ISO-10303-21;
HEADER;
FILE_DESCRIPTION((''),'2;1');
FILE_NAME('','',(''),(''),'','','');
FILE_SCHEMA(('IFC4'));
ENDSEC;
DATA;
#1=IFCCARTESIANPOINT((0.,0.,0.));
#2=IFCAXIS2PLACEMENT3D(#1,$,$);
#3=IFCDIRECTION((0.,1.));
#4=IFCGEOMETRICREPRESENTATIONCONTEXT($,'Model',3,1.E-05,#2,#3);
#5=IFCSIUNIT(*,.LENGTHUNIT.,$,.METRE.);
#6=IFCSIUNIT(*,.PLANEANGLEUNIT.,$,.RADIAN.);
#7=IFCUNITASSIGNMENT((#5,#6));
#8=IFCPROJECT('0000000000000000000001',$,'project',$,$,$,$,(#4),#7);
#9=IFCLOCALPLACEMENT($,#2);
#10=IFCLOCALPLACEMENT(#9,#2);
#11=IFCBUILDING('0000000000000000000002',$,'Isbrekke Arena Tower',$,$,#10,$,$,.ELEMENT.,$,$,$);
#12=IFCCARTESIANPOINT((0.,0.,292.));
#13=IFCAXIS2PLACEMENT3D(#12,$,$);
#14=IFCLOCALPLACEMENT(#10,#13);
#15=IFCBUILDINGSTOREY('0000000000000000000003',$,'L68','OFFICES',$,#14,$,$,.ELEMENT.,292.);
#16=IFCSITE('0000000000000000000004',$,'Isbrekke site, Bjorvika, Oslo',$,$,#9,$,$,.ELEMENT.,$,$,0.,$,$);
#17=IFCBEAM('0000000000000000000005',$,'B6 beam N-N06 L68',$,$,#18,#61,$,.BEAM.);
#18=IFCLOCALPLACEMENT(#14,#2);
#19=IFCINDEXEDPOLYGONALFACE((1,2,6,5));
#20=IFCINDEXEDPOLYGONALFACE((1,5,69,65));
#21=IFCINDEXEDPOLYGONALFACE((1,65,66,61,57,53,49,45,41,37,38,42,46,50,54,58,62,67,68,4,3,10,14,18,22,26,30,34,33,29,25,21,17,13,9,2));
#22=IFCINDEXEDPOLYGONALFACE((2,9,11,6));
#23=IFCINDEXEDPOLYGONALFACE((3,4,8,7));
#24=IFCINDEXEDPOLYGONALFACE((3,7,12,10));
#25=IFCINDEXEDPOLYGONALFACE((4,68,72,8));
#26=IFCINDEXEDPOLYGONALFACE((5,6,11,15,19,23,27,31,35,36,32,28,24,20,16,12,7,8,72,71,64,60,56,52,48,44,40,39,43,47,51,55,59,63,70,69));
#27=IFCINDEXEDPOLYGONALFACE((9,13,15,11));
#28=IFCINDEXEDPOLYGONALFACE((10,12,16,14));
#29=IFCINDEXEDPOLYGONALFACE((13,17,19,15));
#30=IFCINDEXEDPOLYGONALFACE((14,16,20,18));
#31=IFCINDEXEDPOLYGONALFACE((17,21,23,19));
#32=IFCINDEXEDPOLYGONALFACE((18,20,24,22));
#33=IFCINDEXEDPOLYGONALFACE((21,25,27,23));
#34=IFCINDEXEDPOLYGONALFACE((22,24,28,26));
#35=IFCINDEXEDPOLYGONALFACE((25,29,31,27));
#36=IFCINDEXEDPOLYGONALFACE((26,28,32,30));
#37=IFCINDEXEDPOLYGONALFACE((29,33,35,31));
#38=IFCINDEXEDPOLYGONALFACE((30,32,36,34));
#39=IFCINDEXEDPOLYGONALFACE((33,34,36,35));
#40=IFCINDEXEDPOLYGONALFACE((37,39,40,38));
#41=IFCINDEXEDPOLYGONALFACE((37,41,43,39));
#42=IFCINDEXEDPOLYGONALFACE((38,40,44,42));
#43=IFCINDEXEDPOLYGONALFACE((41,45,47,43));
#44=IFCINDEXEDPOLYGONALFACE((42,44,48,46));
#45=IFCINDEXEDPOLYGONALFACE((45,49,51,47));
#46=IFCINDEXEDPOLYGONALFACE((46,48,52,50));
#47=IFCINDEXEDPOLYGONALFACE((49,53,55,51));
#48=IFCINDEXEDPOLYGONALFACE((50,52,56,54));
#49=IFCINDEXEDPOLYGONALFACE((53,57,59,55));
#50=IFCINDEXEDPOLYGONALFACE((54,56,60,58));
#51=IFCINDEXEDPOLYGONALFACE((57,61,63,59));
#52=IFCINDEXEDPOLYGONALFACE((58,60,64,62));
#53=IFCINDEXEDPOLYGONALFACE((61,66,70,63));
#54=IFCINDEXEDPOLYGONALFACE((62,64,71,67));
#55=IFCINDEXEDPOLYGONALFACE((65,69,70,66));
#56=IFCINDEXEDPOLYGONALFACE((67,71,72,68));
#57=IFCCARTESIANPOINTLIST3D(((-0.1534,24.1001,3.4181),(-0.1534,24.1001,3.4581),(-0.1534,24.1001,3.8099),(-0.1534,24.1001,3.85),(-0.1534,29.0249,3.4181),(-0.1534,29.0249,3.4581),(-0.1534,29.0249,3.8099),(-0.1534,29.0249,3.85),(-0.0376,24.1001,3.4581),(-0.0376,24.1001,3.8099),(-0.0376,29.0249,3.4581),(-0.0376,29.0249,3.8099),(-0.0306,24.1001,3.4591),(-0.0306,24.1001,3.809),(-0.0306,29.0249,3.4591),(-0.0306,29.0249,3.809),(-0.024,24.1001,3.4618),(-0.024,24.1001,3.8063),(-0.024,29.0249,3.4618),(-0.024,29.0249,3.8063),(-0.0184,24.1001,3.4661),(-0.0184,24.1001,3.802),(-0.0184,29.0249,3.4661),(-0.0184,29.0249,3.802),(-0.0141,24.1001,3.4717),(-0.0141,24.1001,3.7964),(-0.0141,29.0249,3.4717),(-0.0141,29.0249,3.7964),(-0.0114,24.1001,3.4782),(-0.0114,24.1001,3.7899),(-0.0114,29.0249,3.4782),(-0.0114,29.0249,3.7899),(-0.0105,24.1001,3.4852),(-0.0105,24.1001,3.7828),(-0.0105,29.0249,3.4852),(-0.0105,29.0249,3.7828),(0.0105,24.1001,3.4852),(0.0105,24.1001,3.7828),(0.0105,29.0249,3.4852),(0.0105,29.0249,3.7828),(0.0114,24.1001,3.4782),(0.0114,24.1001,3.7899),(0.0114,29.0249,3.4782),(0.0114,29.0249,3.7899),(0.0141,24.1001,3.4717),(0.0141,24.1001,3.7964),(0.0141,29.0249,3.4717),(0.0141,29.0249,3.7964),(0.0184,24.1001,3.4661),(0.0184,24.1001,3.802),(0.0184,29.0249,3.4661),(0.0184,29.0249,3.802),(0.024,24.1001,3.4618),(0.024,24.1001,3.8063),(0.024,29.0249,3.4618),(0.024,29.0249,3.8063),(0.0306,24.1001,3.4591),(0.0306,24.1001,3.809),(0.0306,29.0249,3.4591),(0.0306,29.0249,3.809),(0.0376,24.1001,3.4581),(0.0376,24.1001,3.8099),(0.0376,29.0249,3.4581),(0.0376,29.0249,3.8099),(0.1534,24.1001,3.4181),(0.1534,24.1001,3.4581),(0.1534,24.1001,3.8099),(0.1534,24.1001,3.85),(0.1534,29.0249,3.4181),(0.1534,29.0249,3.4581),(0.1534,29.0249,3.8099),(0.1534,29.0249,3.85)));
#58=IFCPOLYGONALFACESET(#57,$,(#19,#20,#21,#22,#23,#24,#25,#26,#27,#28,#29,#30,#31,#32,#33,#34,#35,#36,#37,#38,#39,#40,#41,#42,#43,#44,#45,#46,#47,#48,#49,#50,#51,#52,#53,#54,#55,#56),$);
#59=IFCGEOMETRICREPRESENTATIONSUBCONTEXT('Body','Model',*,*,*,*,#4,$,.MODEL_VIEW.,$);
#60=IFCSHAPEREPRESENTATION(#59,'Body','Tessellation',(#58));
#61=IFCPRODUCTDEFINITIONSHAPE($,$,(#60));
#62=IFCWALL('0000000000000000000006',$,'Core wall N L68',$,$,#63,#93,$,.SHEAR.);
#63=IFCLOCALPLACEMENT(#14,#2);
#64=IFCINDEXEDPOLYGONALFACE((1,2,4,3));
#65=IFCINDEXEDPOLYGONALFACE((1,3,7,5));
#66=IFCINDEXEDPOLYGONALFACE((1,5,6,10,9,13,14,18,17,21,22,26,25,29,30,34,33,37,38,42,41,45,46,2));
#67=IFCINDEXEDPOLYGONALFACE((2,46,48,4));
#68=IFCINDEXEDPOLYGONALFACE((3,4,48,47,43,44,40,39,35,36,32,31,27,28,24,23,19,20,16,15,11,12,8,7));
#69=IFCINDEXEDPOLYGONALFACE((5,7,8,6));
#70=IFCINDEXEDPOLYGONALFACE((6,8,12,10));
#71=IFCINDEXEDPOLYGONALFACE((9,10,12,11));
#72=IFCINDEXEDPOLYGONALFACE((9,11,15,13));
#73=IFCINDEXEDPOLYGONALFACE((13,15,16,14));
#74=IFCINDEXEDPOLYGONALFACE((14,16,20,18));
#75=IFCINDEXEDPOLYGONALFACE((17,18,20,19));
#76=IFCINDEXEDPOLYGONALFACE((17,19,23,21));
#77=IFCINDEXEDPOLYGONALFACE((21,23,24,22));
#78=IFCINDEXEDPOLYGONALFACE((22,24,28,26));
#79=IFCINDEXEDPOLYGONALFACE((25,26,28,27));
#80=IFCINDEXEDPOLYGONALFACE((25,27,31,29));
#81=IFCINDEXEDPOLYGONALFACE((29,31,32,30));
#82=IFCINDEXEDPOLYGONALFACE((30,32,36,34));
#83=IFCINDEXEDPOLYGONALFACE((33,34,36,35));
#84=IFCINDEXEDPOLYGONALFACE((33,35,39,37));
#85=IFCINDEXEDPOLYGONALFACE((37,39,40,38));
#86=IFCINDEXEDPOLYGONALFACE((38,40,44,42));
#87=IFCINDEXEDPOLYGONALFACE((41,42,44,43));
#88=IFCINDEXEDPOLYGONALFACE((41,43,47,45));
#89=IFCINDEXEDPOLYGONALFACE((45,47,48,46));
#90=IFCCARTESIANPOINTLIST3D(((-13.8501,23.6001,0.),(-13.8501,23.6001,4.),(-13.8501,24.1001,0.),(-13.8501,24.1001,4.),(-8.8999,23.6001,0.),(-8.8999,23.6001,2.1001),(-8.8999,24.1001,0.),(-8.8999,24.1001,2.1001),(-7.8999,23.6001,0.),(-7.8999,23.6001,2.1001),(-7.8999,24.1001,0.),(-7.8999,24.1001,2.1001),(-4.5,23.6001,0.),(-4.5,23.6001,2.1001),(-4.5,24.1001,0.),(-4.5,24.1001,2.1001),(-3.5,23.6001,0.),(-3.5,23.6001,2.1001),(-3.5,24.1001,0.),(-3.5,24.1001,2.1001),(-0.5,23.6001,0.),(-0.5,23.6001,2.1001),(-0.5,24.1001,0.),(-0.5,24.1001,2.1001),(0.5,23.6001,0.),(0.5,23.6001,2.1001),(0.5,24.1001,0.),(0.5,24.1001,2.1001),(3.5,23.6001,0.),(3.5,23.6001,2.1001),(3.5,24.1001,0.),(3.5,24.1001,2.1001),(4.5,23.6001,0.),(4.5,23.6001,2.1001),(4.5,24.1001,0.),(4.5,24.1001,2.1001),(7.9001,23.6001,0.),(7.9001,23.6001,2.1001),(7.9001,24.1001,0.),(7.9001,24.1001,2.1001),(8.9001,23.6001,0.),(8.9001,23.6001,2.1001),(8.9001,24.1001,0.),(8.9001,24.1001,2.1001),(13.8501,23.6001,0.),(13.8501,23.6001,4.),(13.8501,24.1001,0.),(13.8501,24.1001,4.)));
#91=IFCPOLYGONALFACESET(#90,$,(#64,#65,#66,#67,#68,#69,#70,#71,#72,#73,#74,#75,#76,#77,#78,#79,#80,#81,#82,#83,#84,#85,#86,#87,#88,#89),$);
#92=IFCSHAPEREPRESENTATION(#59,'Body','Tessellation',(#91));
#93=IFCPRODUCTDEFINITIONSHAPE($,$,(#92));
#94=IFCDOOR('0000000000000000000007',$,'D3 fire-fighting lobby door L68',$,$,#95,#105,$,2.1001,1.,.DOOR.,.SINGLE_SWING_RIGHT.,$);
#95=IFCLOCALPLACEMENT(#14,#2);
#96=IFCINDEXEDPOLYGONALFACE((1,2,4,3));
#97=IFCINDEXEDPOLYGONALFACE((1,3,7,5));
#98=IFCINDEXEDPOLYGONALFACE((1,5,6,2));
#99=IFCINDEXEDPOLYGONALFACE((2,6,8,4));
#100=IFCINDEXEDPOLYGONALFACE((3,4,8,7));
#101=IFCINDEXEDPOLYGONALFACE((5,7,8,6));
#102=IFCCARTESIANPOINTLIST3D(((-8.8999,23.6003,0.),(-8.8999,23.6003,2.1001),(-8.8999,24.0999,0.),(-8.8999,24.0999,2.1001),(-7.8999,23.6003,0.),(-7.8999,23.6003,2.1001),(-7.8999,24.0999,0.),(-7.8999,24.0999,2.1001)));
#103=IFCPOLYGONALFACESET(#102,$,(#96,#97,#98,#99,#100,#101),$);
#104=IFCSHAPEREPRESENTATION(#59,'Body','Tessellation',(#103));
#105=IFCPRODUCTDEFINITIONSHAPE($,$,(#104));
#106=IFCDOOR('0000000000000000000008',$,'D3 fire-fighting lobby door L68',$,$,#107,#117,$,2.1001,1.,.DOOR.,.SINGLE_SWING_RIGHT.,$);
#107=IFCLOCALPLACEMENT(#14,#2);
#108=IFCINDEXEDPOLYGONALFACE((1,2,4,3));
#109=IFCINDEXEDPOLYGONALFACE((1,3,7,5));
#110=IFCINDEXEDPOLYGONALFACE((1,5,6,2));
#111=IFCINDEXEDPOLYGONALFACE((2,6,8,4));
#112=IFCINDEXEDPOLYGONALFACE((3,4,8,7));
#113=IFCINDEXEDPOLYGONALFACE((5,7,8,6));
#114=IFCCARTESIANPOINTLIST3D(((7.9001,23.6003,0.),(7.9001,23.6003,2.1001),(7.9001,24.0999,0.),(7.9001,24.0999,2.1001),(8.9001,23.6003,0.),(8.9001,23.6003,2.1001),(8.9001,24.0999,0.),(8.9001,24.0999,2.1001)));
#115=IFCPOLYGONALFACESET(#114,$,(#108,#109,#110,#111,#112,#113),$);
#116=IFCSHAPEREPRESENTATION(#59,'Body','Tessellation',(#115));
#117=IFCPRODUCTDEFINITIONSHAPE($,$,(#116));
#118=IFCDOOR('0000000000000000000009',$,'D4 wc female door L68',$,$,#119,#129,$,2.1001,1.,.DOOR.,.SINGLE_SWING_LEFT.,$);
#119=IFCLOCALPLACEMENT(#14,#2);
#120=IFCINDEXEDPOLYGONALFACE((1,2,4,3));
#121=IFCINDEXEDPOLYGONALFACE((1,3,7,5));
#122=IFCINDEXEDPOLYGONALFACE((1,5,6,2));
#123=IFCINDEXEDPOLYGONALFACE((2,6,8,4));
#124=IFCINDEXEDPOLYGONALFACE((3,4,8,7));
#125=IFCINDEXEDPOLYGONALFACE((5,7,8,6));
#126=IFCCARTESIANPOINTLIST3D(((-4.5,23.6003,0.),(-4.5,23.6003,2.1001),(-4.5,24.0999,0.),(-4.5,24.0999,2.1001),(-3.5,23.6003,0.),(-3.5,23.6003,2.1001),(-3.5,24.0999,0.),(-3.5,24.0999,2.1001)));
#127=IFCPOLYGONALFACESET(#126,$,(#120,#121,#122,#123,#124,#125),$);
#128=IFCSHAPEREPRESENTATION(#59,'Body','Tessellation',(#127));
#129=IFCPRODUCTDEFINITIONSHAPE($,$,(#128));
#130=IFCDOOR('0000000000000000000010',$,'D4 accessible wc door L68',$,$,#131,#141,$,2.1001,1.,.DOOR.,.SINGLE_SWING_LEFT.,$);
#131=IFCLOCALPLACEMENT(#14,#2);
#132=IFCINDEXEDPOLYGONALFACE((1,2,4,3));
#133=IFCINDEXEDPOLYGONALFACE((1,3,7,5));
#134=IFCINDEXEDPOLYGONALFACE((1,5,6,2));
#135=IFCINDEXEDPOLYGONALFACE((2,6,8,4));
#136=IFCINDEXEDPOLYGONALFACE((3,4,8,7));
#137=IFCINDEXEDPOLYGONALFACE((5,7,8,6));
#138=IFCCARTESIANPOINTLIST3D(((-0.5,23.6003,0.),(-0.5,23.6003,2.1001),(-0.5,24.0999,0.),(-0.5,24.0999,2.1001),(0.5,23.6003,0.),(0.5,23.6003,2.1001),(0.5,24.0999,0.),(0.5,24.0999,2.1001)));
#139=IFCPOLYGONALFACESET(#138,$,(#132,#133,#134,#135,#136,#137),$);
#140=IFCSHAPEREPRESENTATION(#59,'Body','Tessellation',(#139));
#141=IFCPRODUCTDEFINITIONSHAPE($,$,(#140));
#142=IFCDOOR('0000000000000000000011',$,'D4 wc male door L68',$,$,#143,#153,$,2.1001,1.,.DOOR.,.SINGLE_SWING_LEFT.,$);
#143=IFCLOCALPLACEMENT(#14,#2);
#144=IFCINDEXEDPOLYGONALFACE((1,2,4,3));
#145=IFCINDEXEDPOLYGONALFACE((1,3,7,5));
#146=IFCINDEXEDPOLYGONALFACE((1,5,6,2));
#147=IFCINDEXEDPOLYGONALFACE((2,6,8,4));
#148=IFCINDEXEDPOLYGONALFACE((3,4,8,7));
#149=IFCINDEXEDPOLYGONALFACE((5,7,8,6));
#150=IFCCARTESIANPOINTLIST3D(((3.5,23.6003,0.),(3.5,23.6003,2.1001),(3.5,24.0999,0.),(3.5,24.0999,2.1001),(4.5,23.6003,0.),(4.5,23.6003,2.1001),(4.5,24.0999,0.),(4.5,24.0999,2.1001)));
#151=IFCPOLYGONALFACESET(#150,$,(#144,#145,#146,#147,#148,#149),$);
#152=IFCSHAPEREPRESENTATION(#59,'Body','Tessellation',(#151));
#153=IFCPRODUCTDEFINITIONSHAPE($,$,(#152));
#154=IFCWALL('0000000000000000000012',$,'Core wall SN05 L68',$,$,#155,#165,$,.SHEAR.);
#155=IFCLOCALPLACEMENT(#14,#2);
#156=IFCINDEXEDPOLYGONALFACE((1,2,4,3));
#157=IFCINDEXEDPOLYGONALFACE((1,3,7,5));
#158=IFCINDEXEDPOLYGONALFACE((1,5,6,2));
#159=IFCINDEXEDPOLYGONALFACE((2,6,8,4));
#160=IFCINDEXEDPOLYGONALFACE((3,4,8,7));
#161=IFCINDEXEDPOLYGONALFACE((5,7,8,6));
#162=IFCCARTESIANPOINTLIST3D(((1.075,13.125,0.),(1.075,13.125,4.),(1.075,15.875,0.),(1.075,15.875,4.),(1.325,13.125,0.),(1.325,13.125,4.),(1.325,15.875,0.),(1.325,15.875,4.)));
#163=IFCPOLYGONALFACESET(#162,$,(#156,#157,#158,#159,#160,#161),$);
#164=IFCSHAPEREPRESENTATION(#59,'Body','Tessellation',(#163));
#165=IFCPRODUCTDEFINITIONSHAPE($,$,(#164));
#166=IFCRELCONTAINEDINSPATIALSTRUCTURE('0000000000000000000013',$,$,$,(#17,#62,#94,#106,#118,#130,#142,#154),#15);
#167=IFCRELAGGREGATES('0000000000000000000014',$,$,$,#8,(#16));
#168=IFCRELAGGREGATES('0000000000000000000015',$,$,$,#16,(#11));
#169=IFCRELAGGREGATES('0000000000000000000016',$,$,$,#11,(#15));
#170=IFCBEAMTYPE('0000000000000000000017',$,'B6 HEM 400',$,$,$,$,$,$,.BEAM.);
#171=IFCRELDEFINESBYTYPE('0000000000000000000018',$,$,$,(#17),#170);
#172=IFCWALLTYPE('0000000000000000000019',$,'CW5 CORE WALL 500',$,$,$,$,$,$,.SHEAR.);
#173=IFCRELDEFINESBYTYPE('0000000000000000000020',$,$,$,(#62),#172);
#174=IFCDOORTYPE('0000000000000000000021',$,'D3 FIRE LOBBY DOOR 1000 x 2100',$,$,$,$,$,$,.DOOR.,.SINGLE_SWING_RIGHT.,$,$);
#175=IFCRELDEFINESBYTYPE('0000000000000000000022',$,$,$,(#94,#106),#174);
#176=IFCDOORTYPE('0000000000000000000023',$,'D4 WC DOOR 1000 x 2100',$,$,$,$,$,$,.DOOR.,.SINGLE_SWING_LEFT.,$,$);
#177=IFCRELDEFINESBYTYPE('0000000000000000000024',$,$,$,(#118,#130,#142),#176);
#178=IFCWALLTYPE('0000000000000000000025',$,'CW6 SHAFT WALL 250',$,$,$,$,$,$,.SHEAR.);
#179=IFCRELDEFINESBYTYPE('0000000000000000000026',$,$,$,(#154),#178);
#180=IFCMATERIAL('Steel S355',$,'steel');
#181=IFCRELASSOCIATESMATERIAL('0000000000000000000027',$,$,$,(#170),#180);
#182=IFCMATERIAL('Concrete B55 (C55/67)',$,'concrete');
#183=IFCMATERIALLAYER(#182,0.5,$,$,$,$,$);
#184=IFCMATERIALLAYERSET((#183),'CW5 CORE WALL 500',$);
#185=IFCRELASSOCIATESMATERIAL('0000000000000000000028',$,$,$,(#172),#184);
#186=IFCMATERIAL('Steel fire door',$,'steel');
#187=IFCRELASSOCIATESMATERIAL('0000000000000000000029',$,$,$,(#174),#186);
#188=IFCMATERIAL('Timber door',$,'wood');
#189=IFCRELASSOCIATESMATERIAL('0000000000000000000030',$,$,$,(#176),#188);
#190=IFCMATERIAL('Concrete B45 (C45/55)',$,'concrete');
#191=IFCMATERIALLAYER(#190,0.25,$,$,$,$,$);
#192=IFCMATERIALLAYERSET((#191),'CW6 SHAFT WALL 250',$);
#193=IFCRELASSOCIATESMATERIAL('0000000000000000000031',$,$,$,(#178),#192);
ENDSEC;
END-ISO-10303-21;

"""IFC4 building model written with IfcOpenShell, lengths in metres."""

from ifc_helpers import new_model, si_unit, direction, frame, frame_2d, origin, origin_2d, place, context, subcontext, project, spatial, rectangle, i_section, extrude, material, layer, layer_set, material_profile, profile_set, type_object, element, fill, save


model = new_model("IFC4")

# Units and contexts
model_context = context("Model", 3, precision=1e-05, world=origin(), true_north=direction((0.0, 1.0)))
body_context = subcontext(model_context, "Body", "Model", "MODEL_VIEW")
ifc_project = project(units=[si_unit("LENGTHUNIT", "METRE"), si_unit("PLANEANGLEUNIT", "RADIAN")], contexts=[model_context])

# Site, building, storey
site_placement = place(None, origin())
site = spatial("IfcSite", under=ifc_project, at=site_placement, Name="Isbrekke site, Bjorvika, Oslo", CompositionType="ELEMENT", RefElevation=0.0)
building_placement = place(site_placement, origin())
building = spatial("IfcBuilding", under=site, at=building_placement, Name="Isbrekke Arena Tower", CompositionType="ELEMENT")
storey_placement = place(building_placement, frame((0.0, 0.0, 292.0)))
storey = spatial("IfcBuildingStorey", under=building, at=storey_placement, Name="L68", Description="OFFICES", CompositionType="ELEMENT", Elevation=292.0)

# Beam
ifc_material_1 = material(Name="Steel S355", Category="steel")
ifc_material_profile = material_profile(ifc_material_1, i_section(OverallWidth=0.3069, OverallDepth=0.4319, WebThickness=0.021, FlangeThickness=0.04, FilletRadius=0.0271, at=origin_2d()), Name="HEM 400")
ifc_profile_set = profile_set([ifc_material_profile], Name="Steel S355")
beam_type = type_object("IfcBeamType", Name="B6 HEM 400", PredefinedType="BEAM", material=ifc_profile_set)
beam_1_placement = place(storey_placement, frame((0.0, 29.0249, 3.634), z_axis=(0.0, -1.0, 0.0), x_axis=(1.0, 0.0, 0.0)))
element("IfcBeam", 1, at=beam_1_placement, inside=storey, type_object=beam_type, Name="B6 beam N-N06 L68", PredefinedType="BEAM", context=body_context, shape_type="SweptSolid", body=[
    extrude(i_section(OverallWidth=0.3069, OverallDepth=0.4319, WebThickness=0.021, FlangeThickness=0.04, FilletRadius=0.0271, at=origin_2d()), origin(), (0.0, 0.0, 1.0), 4.9248),
])

# Wall, openings, doors
ifc_material_2 = material(Name="Concrete B55 (C55/67)", Category="concrete")
ifc_layer_1 = layer(ifc_material_2, 0.5)
ifc_layer_set_1 = layer_set([ifc_layer_1], Name="CW5 CORE WALL 500")
wall_type_1 = type_object("IfcWallType", Name="CW5 CORE WALL 500", PredefinedType="SHEAR", material=ifc_layer_set_1)
wall_1_placement = place(storey_placement, frame((13.8501, 23.8501, 0.0), z_axis=(0.0, 0.0, 1.0), x_axis=(-1.0, 0.0, 0.0)))
wall_1 = element("IfcWall", 2, at=wall_1_placement, inside=storey, type_object=wall_type_1, Name="Core wall N L68", PredefinedType="SHEAR", context=body_context, shape_type="SweptSolid", body=[
    extrude(rectangle(XDim=27.7002, YDim=0.5, at=frame_2d((13.8501, 0.0))), origin(), (0.0, 0.0, 1.0), 4.0),
])
opening_1_placement = place(wall_1_placement, frame((21.75, 0.0, 0.0)))
opening_1 = element("IfcOpeningElement", 3, at=opening_1_placement, cuts=wall_1, PredefinedType="OPENING", context=body_context, shape_type="SweptSolid", body=[
    extrude(rectangle(XDim=1.0, YDim=2.1001, at=frame_2d((0.5, 1.05))), frame((0.0, 0.2649, 0.0), z_axis=(0.0, -1.0, 0.0), x_axis=(1.0, 0.0, 0.0)), (0.0, 0.0, 1.0), 0.5298),
])
opening_2_placement = place(wall_1_placement, frame((4.95, 0.0, 0.0)))
opening_2 = element("IfcOpeningElement", 4, at=opening_2_placement, cuts=wall_1, PredefinedType="OPENING", context=body_context, shape_type="SweptSolid", body=[
    extrude(rectangle(XDim=1.0, YDim=2.1001, at=frame_2d((0.5, 1.05))), frame((0.0, 0.2649, 0.0), z_axis=(0.0, -1.0, 0.0), x_axis=(1.0, 0.0, 0.0)), (0.0, 0.0, 1.0), 0.5298),
])
opening_3_placement = place(wall_1_placement, frame((17.3501, 0.0, 0.0)))
opening_3 = element("IfcOpeningElement", 5, at=opening_3_placement, cuts=wall_1, PredefinedType="OPENING", context=body_context, shape_type="SweptSolid", body=[
    extrude(rectangle(XDim=1.0, YDim=2.1001, at=frame_2d((0.5, 1.05))), frame((0.0, 0.2649, 0.0), z_axis=(0.0, -1.0, 0.0), x_axis=(1.0, 0.0, 0.0)), (0.0, 0.0, 1.0), 0.5298),
])
opening_4_placement = place(wall_1_placement, frame((13.3501, 0.0, 0.0)))
opening_4 = element("IfcOpeningElement", 6, at=opening_4_placement, cuts=wall_1, PredefinedType="OPENING", context=body_context, shape_type="SweptSolid", body=[
    extrude(rectangle(XDim=1.0, YDim=2.1001, at=frame_2d((0.5, 1.05))), frame((0.0, 0.2649, 0.0), z_axis=(0.0, -1.0, 0.0), x_axis=(1.0, 0.0, 0.0)), (0.0, 0.0, 1.0), 0.5298),
])
opening_5_placement = place(wall_1_placement, frame((9.3501, 0.0, 0.0)))
opening_5 = element("IfcOpeningElement", 7, at=opening_5_placement, cuts=wall_1, PredefinedType="OPENING", context=body_context, shape_type="SweptSolid", body=[
    extrude(rectangle(XDim=1.0, YDim=2.1001, at=frame_2d((0.5, 1.05))), frame((0.0, 0.2649, 0.0), z_axis=(0.0, -1.0, 0.0), x_axis=(1.0, 0.0, 0.0)), (0.0, 0.0, 1.0), 0.5298),
])
ifc_material_3 = material(Name="Steel fire door", Category="steel")
door_type_1 = type_object("IfcDoorType", Name="D3 FIRE LOBBY DOOR 1000 x 2100", OperationType="SINGLE_SWING_RIGHT", PredefinedType="DOOR", material=ifc_material_3)
door_1_placement = place(opening_1_placement, origin())
door_1 = element("IfcDoor", 8, at=door_1_placement, inside=storey, type_object=door_type_1, Name="D3 fire-fighting lobby door L68", OperationType="SINGLE_SWING_RIGHT", OverallHeight=2.1001, OverallWidth=1.0, PredefinedType="DOOR", context=body_context, shape_type="SweptSolid", body=[
    extrude(rectangle(XDim=1.0, YDim=2.1001, at=frame_2d((0.5, 1.05))), frame((0.0, 0.2498, 0.0), z_axis=(0.0, -1.0, 0.0), x_axis=(1.0, 0.0, 0.0)), (0.0, 0.0, 1.0), 0.4995),
])
fill(opening_1, door_1)
door_2_placement = place(opening_2_placement, origin())
door_2 = element("IfcDoor", 9, at=door_2_placement, inside=storey, type_object=door_type_1, Name="D3 fire-fighting lobby door L68", OperationType="SINGLE_SWING_RIGHT", OverallHeight=2.1001, OverallWidth=1.0, PredefinedType="DOOR", context=body_context, shape_type="SweptSolid", body=[
    extrude(rectangle(XDim=1.0, YDim=2.1001, at=frame_2d((0.5, 1.05))), frame((0.0, 0.2498, 0.0), z_axis=(0.0, -1.0, 0.0), x_axis=(1.0, 0.0, 0.0)), (0.0, 0.0, 1.0), 0.4995),
])
fill(opening_2, door_2)
ifc_material_4 = material(Name="Timber door", Category="wood")
door_type_2 = type_object("IfcDoorType", Name="D4 WC DOOR 1000 x 2100", OperationType="SINGLE_SWING_LEFT", PredefinedType="DOOR", material=ifc_material_4)
door_3_placement = place(opening_3_placement, origin())
door_3 = element("IfcDoor", 10, at=door_3_placement, inside=storey, type_object=door_type_2, Name="D4 wc female door L68", OperationType="SINGLE_SWING_LEFT", OverallHeight=2.1001, OverallWidth=1.0, PredefinedType="DOOR", context=body_context, shape_type="SweptSolid", body=[
    extrude(rectangle(XDim=1.0, YDim=2.1001, at=frame_2d((0.5, 1.05))), frame((0.0, 0.2498, 0.0), z_axis=(0.0, -1.0, 0.0), x_axis=(1.0, 0.0, 0.0)), (0.0, 0.0, 1.0), 0.4995),
])
fill(opening_3, door_3)
door_4_placement = place(opening_4_placement, origin())
door_4 = element("IfcDoor", 11, at=door_4_placement, inside=storey, type_object=door_type_2, Name="D4 accessible wc door L68", OperationType="SINGLE_SWING_LEFT", OverallHeight=2.1001, OverallWidth=1.0, PredefinedType="DOOR", context=body_context, shape_type="SweptSolid", body=[
    extrude(rectangle(XDim=1.0, YDim=2.1001, at=frame_2d((0.5, 1.05))), frame((0.0, 0.2498, 0.0), z_axis=(0.0, -1.0, 0.0), x_axis=(1.0, 0.0, 0.0)), (0.0, 0.0, 1.0), 0.4995),
])
fill(opening_4, door_4)
door_5_placement = place(opening_5_placement, origin())
door_5 = element("IfcDoor", 12, at=door_5_placement, inside=storey, type_object=door_type_2, Name="D4 wc male door L68", OperationType="SINGLE_SWING_LEFT", OverallHeight=2.1001, OverallWidth=1.0, PredefinedType="DOOR", context=body_context, shape_type="SweptSolid", body=[
    extrude(rectangle(XDim=1.0, YDim=2.1001, at=frame_2d((0.5, 1.05))), frame((0.0, 0.2498, 0.0), z_axis=(0.0, -1.0, 0.0), x_axis=(1.0, 0.0, 0.0)), (0.0, 0.0, 1.0), 0.4995),
])
fill(opening_5, door_5)

# Wall
ifc_material_5 = material(Name="Concrete B45 (C45/55)", Category="concrete")
ifc_layer_2 = layer(ifc_material_5, 0.25)
ifc_layer_set_2 = layer_set([ifc_layer_2], Name="CW6 SHAFT WALL 250")
wall_type_2 = type_object("IfcWallType", Name="CW6 SHAFT WALL 250", PredefinedType="SHEAR", material=ifc_layer_set_2)
for number, where, z_axis, x_axis, name in (
    (13, (1.2, 13.125, 0.0), (0.0, 0.0, 1.0), (0.0, 1.0, 0.0), "Core wall SN05 L68"),
):
    element("IfcWall", number, at=place(storey_placement, frame(where, z_axis=z_axis, x_axis=x_axis)), inside=storey, type_object=wall_type_2, Name=name, PredefinedType="SHEAR", context=body_context, shape_type="SweptSolid", body=[
        extrude(rectangle(XDim=2.75, YDim=0.25, at=frame_2d((1.375, 0.0))), origin(), (0.0, 0.0, 1.0), 4.0),
    ])

save(model, "model.ifc")
